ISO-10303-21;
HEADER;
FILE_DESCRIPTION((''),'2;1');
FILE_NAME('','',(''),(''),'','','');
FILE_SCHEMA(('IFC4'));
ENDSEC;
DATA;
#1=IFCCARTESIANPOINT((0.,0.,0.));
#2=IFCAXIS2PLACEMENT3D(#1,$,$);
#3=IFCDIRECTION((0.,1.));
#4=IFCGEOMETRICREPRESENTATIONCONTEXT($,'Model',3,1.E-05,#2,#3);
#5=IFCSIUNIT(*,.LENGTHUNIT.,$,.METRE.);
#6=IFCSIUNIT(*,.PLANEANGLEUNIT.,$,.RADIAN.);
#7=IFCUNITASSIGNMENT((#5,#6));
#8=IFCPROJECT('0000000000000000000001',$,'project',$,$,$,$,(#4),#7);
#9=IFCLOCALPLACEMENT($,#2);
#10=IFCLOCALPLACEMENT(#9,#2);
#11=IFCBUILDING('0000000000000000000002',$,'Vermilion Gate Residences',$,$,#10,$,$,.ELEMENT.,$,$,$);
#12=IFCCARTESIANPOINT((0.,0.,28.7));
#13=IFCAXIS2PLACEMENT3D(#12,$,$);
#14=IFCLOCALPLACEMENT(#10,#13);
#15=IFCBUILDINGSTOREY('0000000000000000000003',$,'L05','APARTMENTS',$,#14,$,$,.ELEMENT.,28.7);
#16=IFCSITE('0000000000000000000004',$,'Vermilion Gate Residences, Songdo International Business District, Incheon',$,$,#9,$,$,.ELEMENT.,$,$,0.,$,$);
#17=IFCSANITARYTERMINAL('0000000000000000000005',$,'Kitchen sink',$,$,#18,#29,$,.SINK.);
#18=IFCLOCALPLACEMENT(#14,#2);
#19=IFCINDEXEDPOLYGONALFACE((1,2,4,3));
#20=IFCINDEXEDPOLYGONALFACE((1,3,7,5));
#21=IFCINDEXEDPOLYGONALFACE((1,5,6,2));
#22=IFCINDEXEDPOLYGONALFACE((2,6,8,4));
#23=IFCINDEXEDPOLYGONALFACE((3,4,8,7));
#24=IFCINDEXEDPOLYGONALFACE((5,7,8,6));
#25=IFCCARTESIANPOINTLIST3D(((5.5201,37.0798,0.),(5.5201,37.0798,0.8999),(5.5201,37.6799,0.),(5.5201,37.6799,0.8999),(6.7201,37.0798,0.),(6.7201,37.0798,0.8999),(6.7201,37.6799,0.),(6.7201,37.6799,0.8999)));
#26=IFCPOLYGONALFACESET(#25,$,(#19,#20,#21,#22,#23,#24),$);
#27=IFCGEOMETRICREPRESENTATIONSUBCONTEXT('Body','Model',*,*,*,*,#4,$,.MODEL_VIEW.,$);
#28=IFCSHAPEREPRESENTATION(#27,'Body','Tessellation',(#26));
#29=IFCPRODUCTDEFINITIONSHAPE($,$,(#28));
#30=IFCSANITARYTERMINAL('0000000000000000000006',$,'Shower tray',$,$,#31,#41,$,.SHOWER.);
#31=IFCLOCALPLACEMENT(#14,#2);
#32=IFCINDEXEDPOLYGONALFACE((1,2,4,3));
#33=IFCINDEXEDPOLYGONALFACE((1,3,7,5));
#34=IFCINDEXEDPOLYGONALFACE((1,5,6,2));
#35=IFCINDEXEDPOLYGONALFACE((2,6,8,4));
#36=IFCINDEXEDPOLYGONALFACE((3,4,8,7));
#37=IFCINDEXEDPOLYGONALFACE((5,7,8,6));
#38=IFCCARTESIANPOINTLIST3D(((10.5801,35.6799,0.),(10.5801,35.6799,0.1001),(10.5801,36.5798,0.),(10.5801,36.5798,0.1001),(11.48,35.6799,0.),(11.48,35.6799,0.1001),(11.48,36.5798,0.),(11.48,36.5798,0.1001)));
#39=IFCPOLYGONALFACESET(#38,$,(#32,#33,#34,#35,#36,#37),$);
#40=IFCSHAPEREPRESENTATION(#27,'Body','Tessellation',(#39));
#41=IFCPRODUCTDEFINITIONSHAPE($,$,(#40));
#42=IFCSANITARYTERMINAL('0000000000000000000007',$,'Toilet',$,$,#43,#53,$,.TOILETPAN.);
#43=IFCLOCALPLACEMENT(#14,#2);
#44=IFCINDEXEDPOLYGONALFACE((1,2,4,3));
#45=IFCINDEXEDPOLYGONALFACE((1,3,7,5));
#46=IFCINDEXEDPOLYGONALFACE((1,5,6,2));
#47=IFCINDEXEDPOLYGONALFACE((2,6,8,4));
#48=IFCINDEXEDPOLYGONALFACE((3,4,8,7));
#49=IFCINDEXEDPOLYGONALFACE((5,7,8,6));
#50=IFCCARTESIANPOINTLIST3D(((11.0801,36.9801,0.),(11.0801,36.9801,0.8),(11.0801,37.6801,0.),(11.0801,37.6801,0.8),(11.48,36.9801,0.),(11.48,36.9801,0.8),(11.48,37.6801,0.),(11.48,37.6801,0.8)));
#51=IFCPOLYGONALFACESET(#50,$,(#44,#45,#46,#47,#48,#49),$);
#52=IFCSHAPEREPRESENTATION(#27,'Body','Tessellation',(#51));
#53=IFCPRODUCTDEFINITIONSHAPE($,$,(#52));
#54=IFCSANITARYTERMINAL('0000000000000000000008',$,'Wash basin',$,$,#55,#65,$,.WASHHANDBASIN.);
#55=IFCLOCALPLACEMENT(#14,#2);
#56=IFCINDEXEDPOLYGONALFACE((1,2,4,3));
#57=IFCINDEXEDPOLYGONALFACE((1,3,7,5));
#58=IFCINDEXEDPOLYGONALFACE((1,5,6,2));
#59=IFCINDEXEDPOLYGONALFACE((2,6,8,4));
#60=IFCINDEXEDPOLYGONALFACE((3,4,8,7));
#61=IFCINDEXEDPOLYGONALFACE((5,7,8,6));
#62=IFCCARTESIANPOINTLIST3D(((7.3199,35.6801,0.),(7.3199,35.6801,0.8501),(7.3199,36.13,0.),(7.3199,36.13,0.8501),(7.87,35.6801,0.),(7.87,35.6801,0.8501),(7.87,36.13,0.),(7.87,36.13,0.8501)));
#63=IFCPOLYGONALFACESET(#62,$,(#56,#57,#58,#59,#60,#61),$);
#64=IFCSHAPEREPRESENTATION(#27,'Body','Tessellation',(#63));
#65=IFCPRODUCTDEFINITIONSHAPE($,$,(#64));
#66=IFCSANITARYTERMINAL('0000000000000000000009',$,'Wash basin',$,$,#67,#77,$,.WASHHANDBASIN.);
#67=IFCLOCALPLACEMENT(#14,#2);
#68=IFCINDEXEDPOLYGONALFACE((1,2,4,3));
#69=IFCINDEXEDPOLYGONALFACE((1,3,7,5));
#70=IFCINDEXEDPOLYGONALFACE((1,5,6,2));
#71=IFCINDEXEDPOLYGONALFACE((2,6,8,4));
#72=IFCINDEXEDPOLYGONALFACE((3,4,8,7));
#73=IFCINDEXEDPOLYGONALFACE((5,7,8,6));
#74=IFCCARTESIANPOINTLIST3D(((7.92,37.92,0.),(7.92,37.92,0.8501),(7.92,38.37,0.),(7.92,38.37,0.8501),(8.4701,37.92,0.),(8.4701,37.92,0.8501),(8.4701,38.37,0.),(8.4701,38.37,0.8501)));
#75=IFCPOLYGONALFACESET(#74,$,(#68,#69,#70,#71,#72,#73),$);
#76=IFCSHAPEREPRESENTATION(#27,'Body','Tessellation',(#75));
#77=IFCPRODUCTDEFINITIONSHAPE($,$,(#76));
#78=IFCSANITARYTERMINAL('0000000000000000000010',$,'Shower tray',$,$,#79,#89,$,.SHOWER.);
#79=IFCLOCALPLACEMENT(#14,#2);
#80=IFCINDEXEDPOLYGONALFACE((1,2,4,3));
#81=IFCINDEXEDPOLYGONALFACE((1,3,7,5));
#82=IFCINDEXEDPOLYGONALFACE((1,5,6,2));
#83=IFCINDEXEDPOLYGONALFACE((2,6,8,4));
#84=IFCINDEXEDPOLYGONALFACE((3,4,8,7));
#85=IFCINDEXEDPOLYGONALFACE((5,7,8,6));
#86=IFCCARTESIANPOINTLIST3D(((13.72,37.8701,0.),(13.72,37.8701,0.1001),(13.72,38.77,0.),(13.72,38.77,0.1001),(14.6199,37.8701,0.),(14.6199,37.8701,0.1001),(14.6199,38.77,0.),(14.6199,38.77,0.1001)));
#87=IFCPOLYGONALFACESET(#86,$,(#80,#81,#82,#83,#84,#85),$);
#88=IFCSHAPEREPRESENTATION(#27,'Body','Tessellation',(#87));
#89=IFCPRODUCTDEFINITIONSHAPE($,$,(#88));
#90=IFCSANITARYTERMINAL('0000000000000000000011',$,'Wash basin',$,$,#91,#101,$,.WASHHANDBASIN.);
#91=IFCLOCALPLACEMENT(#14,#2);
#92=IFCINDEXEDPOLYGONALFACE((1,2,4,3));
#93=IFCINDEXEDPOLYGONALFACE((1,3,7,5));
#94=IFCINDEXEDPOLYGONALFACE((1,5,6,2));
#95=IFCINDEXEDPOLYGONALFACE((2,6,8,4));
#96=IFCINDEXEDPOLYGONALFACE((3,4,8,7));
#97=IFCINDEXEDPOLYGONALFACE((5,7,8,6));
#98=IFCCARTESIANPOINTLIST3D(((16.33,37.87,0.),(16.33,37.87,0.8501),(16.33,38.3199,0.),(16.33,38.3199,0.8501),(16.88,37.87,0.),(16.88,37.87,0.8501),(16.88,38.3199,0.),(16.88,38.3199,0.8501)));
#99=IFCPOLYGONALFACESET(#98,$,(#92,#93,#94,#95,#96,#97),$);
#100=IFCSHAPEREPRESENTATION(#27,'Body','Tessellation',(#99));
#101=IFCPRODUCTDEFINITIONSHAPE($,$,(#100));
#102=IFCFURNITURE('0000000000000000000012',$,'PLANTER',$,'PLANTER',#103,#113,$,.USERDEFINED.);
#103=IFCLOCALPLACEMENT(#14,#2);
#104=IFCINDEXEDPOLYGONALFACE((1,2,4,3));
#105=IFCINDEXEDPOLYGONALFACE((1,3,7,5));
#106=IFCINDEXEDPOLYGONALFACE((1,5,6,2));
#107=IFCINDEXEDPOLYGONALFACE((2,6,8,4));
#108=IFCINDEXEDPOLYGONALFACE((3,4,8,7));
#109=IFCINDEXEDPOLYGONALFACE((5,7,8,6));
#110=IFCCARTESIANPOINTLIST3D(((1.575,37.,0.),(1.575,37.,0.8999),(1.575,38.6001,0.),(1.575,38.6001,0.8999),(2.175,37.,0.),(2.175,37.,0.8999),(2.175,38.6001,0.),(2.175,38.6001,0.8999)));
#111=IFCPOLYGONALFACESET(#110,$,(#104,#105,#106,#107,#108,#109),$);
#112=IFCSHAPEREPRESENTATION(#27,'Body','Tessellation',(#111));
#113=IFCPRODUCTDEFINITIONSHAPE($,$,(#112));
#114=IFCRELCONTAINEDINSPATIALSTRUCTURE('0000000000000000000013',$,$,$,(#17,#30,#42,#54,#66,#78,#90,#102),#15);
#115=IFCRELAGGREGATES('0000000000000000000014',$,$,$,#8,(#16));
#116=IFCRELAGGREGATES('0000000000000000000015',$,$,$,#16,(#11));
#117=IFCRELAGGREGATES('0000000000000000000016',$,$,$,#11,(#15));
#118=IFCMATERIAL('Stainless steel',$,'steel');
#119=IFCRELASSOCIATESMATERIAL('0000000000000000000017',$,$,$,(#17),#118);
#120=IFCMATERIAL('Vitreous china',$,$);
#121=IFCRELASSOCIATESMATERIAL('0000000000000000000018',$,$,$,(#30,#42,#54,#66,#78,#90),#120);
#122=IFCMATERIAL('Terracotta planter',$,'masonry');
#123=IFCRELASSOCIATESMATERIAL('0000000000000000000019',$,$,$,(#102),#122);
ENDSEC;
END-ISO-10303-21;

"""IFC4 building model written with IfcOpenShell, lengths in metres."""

from ifc_helpers import new_model, si_unit, direction, frame, origin, origin_2d, place, context, subcontext, project, spatial, rectangle, extrude, material, element, save


model = new_model("IFC4")

# Units and contexts
model_context = context("Model", 3, precision=1e-05, world=origin(), true_north=direction((0.0, 1.0)))
body_context = subcontext(model_context, "Body", "Model", "MODEL_VIEW")
ifc_project = project(units=[si_unit("LENGTHUNIT", "METRE"), si_unit("PLANEANGLEUNIT", "RADIAN")], contexts=[model_context])

# Site, building, storey
site_placement = place(None, origin())
site = spatial("IfcSite", under=ifc_project, at=site_placement, Name="Vermilion Gate Residences, Songdo International Business District, Incheon", CompositionType="ELEMENT", RefElevation=0.0)
building_placement = place(site_placement, origin())
building = spatial("IfcBuilding", under=site, at=building_placement, Name="Vermilion Gate Residences", CompositionType="ELEMENT")
storey_placement = place(building_placement, frame((0.0, 0.0, 28.7)))
storey = spatial("IfcBuildingStorey", under=building, at=storey_placement, Name="L05", Description="APARTMENTS", CompositionType="ELEMENT", Elevation=28.7)

# Sanitary terminals
ifc_material_1 = material(Name="Stainless steel", Category="steel")
for number, where, z_axis, x_axis, name in (
    (1, (6.1201, 37.3799, 0.0), (0.0, 0.0, 1.0), (1.0, 0.0, 0.0), "Kitchen sink"),
):
    element("IfcSanitaryTerminal", number, at=place(storey_placement, frame(where, z_axis=z_axis, x_axis=x_axis)), inside=storey, material=ifc_material_1, Name=name, PredefinedType="SINK", context=body_context, shape_type="SweptSolid", body=[
        extrude(rectangle(XDim=1.2, YDim=0.6001, at=origin_2d()), origin(), (0.0, 0.0, 1.0), 0.8999),
    ])
ifc_material_2 = material(Name="Vitreous china")
sanitary_terminal_1_placement = place(storey_placement, frame((11.03, 36.1299, 0.0), z_axis=(0.0, 0.0, 1.0), x_axis=(1.0, 0.0, 0.0)))
element("IfcSanitaryTerminal", 2, at=sanitary_terminal_1_placement, inside=storey, material=ifc_material_2, Name="Shower tray", PredefinedType="SHOWER", context=body_context, shape_type="SweptSolid", body=[
    extrude(rectangle(XDim=0.8999, YDim=0.8999, at=origin_2d()), origin(), (0.0, 0.0, 1.0), 0.1001),
])
sanitary_terminal_2_placement = place(storey_placement, frame((11.28, 37.3301, 0.0), z_axis=(0.0, 0.0, 1.0), x_axis=(1.0, 0.0, 0.0)))
element("IfcSanitaryTerminal", 3, at=sanitary_terminal_2_placement, inside=storey, material=ifc_material_2, Name="Toilet", PredefinedType="TOILETPAN", context=body_context, shape_type="SweptSolid", body=[
    extrude(rectangle(XDim=0.3999, YDim=0.7, at=origin_2d()), origin(), (0.0, 0.0, 1.0), 0.8),
])
for number, where, z_axis, x_axis, name in (
    (4, (7.595, 35.905, 0.0), (0.0, 0.0, 1.0), (1.0, 0.0, 0.0), "Wash basin"),
    (5, (8.1951, 38.145, 0.0), (0.0, 0.0, 1.0), (1.0, 0.0, 0.0), "Wash basin"),
):
    element("IfcSanitaryTerminal", number, at=place(storey_placement, frame(where, z_axis=z_axis, x_axis=x_axis)), inside=storey, material=ifc_material_2, Name=name, PredefinedType="WASHHANDBASIN", context=body_context, shape_type="SweptSolid", body=[
        extrude(rectangle(XDim=0.55, YDim=0.45, at=origin_2d()), origin(), (0.0, 0.0, 1.0), 0.8501),
    ])
sanitary_terminal_3_placement = place(storey_placement, frame((14.1699, 38.3201, 0.0), z_axis=(0.0, 0.0, 1.0), x_axis=(1.0, 0.0, 0.0)))
element("IfcSanitaryTerminal", 6, at=sanitary_terminal_3_placement, inside=storey, material=ifc_material_2, Name="Shower tray", PredefinedType="SHOWER", context=body_context, shape_type="SweptSolid", body=[
    extrude(rectangle(XDim=0.8999, YDim=0.8999, at=origin_2d()), origin(), (0.0, 0.0, 1.0), 0.1001),
])
sanitary_terminal_4_placement = place(storey_placement, frame((16.605, 38.095, 0.0), z_axis=(0.0, 0.0, 1.0), x_axis=(1.0, 0.0, 0.0)))
element("IfcSanitaryTerminal", 7, at=sanitary_terminal_4_placement, inside=storey, material=ifc_material_2, Name="Wash basin", PredefinedType="WASHHANDBASIN", context=body_context, shape_type="SweptSolid", body=[
    extrude(rectangle(XDim=0.55, YDim=0.45, at=origin_2d()), origin(), (0.0, 0.0, 1.0), 0.8501),
])

# Furniture
ifc_material_3 = material(Name="Terracotta planter", Category="masonry")
furniture_placement = place(storey_placement, frame((1.875, 37.8, 0.0), z_axis=(0.0, 0.0, 1.0), x_axis=(0.0, -1.0, 0.0)))
element("IfcFurniture", 8, at=furniture_placement, inside=storey, material=ifc_material_3, Name="PLANTER", ObjectType="PLANTER", PredefinedType="USERDEFINED", context=body_context, shape_type="SweptSolid", body=[
    extrude(rectangle(XDim=1.6001, YDim=0.6001, at=origin_2d()), origin(), (0.0, 0.0, 1.0), 0.8999),
])

save(model, "model.ifc")
